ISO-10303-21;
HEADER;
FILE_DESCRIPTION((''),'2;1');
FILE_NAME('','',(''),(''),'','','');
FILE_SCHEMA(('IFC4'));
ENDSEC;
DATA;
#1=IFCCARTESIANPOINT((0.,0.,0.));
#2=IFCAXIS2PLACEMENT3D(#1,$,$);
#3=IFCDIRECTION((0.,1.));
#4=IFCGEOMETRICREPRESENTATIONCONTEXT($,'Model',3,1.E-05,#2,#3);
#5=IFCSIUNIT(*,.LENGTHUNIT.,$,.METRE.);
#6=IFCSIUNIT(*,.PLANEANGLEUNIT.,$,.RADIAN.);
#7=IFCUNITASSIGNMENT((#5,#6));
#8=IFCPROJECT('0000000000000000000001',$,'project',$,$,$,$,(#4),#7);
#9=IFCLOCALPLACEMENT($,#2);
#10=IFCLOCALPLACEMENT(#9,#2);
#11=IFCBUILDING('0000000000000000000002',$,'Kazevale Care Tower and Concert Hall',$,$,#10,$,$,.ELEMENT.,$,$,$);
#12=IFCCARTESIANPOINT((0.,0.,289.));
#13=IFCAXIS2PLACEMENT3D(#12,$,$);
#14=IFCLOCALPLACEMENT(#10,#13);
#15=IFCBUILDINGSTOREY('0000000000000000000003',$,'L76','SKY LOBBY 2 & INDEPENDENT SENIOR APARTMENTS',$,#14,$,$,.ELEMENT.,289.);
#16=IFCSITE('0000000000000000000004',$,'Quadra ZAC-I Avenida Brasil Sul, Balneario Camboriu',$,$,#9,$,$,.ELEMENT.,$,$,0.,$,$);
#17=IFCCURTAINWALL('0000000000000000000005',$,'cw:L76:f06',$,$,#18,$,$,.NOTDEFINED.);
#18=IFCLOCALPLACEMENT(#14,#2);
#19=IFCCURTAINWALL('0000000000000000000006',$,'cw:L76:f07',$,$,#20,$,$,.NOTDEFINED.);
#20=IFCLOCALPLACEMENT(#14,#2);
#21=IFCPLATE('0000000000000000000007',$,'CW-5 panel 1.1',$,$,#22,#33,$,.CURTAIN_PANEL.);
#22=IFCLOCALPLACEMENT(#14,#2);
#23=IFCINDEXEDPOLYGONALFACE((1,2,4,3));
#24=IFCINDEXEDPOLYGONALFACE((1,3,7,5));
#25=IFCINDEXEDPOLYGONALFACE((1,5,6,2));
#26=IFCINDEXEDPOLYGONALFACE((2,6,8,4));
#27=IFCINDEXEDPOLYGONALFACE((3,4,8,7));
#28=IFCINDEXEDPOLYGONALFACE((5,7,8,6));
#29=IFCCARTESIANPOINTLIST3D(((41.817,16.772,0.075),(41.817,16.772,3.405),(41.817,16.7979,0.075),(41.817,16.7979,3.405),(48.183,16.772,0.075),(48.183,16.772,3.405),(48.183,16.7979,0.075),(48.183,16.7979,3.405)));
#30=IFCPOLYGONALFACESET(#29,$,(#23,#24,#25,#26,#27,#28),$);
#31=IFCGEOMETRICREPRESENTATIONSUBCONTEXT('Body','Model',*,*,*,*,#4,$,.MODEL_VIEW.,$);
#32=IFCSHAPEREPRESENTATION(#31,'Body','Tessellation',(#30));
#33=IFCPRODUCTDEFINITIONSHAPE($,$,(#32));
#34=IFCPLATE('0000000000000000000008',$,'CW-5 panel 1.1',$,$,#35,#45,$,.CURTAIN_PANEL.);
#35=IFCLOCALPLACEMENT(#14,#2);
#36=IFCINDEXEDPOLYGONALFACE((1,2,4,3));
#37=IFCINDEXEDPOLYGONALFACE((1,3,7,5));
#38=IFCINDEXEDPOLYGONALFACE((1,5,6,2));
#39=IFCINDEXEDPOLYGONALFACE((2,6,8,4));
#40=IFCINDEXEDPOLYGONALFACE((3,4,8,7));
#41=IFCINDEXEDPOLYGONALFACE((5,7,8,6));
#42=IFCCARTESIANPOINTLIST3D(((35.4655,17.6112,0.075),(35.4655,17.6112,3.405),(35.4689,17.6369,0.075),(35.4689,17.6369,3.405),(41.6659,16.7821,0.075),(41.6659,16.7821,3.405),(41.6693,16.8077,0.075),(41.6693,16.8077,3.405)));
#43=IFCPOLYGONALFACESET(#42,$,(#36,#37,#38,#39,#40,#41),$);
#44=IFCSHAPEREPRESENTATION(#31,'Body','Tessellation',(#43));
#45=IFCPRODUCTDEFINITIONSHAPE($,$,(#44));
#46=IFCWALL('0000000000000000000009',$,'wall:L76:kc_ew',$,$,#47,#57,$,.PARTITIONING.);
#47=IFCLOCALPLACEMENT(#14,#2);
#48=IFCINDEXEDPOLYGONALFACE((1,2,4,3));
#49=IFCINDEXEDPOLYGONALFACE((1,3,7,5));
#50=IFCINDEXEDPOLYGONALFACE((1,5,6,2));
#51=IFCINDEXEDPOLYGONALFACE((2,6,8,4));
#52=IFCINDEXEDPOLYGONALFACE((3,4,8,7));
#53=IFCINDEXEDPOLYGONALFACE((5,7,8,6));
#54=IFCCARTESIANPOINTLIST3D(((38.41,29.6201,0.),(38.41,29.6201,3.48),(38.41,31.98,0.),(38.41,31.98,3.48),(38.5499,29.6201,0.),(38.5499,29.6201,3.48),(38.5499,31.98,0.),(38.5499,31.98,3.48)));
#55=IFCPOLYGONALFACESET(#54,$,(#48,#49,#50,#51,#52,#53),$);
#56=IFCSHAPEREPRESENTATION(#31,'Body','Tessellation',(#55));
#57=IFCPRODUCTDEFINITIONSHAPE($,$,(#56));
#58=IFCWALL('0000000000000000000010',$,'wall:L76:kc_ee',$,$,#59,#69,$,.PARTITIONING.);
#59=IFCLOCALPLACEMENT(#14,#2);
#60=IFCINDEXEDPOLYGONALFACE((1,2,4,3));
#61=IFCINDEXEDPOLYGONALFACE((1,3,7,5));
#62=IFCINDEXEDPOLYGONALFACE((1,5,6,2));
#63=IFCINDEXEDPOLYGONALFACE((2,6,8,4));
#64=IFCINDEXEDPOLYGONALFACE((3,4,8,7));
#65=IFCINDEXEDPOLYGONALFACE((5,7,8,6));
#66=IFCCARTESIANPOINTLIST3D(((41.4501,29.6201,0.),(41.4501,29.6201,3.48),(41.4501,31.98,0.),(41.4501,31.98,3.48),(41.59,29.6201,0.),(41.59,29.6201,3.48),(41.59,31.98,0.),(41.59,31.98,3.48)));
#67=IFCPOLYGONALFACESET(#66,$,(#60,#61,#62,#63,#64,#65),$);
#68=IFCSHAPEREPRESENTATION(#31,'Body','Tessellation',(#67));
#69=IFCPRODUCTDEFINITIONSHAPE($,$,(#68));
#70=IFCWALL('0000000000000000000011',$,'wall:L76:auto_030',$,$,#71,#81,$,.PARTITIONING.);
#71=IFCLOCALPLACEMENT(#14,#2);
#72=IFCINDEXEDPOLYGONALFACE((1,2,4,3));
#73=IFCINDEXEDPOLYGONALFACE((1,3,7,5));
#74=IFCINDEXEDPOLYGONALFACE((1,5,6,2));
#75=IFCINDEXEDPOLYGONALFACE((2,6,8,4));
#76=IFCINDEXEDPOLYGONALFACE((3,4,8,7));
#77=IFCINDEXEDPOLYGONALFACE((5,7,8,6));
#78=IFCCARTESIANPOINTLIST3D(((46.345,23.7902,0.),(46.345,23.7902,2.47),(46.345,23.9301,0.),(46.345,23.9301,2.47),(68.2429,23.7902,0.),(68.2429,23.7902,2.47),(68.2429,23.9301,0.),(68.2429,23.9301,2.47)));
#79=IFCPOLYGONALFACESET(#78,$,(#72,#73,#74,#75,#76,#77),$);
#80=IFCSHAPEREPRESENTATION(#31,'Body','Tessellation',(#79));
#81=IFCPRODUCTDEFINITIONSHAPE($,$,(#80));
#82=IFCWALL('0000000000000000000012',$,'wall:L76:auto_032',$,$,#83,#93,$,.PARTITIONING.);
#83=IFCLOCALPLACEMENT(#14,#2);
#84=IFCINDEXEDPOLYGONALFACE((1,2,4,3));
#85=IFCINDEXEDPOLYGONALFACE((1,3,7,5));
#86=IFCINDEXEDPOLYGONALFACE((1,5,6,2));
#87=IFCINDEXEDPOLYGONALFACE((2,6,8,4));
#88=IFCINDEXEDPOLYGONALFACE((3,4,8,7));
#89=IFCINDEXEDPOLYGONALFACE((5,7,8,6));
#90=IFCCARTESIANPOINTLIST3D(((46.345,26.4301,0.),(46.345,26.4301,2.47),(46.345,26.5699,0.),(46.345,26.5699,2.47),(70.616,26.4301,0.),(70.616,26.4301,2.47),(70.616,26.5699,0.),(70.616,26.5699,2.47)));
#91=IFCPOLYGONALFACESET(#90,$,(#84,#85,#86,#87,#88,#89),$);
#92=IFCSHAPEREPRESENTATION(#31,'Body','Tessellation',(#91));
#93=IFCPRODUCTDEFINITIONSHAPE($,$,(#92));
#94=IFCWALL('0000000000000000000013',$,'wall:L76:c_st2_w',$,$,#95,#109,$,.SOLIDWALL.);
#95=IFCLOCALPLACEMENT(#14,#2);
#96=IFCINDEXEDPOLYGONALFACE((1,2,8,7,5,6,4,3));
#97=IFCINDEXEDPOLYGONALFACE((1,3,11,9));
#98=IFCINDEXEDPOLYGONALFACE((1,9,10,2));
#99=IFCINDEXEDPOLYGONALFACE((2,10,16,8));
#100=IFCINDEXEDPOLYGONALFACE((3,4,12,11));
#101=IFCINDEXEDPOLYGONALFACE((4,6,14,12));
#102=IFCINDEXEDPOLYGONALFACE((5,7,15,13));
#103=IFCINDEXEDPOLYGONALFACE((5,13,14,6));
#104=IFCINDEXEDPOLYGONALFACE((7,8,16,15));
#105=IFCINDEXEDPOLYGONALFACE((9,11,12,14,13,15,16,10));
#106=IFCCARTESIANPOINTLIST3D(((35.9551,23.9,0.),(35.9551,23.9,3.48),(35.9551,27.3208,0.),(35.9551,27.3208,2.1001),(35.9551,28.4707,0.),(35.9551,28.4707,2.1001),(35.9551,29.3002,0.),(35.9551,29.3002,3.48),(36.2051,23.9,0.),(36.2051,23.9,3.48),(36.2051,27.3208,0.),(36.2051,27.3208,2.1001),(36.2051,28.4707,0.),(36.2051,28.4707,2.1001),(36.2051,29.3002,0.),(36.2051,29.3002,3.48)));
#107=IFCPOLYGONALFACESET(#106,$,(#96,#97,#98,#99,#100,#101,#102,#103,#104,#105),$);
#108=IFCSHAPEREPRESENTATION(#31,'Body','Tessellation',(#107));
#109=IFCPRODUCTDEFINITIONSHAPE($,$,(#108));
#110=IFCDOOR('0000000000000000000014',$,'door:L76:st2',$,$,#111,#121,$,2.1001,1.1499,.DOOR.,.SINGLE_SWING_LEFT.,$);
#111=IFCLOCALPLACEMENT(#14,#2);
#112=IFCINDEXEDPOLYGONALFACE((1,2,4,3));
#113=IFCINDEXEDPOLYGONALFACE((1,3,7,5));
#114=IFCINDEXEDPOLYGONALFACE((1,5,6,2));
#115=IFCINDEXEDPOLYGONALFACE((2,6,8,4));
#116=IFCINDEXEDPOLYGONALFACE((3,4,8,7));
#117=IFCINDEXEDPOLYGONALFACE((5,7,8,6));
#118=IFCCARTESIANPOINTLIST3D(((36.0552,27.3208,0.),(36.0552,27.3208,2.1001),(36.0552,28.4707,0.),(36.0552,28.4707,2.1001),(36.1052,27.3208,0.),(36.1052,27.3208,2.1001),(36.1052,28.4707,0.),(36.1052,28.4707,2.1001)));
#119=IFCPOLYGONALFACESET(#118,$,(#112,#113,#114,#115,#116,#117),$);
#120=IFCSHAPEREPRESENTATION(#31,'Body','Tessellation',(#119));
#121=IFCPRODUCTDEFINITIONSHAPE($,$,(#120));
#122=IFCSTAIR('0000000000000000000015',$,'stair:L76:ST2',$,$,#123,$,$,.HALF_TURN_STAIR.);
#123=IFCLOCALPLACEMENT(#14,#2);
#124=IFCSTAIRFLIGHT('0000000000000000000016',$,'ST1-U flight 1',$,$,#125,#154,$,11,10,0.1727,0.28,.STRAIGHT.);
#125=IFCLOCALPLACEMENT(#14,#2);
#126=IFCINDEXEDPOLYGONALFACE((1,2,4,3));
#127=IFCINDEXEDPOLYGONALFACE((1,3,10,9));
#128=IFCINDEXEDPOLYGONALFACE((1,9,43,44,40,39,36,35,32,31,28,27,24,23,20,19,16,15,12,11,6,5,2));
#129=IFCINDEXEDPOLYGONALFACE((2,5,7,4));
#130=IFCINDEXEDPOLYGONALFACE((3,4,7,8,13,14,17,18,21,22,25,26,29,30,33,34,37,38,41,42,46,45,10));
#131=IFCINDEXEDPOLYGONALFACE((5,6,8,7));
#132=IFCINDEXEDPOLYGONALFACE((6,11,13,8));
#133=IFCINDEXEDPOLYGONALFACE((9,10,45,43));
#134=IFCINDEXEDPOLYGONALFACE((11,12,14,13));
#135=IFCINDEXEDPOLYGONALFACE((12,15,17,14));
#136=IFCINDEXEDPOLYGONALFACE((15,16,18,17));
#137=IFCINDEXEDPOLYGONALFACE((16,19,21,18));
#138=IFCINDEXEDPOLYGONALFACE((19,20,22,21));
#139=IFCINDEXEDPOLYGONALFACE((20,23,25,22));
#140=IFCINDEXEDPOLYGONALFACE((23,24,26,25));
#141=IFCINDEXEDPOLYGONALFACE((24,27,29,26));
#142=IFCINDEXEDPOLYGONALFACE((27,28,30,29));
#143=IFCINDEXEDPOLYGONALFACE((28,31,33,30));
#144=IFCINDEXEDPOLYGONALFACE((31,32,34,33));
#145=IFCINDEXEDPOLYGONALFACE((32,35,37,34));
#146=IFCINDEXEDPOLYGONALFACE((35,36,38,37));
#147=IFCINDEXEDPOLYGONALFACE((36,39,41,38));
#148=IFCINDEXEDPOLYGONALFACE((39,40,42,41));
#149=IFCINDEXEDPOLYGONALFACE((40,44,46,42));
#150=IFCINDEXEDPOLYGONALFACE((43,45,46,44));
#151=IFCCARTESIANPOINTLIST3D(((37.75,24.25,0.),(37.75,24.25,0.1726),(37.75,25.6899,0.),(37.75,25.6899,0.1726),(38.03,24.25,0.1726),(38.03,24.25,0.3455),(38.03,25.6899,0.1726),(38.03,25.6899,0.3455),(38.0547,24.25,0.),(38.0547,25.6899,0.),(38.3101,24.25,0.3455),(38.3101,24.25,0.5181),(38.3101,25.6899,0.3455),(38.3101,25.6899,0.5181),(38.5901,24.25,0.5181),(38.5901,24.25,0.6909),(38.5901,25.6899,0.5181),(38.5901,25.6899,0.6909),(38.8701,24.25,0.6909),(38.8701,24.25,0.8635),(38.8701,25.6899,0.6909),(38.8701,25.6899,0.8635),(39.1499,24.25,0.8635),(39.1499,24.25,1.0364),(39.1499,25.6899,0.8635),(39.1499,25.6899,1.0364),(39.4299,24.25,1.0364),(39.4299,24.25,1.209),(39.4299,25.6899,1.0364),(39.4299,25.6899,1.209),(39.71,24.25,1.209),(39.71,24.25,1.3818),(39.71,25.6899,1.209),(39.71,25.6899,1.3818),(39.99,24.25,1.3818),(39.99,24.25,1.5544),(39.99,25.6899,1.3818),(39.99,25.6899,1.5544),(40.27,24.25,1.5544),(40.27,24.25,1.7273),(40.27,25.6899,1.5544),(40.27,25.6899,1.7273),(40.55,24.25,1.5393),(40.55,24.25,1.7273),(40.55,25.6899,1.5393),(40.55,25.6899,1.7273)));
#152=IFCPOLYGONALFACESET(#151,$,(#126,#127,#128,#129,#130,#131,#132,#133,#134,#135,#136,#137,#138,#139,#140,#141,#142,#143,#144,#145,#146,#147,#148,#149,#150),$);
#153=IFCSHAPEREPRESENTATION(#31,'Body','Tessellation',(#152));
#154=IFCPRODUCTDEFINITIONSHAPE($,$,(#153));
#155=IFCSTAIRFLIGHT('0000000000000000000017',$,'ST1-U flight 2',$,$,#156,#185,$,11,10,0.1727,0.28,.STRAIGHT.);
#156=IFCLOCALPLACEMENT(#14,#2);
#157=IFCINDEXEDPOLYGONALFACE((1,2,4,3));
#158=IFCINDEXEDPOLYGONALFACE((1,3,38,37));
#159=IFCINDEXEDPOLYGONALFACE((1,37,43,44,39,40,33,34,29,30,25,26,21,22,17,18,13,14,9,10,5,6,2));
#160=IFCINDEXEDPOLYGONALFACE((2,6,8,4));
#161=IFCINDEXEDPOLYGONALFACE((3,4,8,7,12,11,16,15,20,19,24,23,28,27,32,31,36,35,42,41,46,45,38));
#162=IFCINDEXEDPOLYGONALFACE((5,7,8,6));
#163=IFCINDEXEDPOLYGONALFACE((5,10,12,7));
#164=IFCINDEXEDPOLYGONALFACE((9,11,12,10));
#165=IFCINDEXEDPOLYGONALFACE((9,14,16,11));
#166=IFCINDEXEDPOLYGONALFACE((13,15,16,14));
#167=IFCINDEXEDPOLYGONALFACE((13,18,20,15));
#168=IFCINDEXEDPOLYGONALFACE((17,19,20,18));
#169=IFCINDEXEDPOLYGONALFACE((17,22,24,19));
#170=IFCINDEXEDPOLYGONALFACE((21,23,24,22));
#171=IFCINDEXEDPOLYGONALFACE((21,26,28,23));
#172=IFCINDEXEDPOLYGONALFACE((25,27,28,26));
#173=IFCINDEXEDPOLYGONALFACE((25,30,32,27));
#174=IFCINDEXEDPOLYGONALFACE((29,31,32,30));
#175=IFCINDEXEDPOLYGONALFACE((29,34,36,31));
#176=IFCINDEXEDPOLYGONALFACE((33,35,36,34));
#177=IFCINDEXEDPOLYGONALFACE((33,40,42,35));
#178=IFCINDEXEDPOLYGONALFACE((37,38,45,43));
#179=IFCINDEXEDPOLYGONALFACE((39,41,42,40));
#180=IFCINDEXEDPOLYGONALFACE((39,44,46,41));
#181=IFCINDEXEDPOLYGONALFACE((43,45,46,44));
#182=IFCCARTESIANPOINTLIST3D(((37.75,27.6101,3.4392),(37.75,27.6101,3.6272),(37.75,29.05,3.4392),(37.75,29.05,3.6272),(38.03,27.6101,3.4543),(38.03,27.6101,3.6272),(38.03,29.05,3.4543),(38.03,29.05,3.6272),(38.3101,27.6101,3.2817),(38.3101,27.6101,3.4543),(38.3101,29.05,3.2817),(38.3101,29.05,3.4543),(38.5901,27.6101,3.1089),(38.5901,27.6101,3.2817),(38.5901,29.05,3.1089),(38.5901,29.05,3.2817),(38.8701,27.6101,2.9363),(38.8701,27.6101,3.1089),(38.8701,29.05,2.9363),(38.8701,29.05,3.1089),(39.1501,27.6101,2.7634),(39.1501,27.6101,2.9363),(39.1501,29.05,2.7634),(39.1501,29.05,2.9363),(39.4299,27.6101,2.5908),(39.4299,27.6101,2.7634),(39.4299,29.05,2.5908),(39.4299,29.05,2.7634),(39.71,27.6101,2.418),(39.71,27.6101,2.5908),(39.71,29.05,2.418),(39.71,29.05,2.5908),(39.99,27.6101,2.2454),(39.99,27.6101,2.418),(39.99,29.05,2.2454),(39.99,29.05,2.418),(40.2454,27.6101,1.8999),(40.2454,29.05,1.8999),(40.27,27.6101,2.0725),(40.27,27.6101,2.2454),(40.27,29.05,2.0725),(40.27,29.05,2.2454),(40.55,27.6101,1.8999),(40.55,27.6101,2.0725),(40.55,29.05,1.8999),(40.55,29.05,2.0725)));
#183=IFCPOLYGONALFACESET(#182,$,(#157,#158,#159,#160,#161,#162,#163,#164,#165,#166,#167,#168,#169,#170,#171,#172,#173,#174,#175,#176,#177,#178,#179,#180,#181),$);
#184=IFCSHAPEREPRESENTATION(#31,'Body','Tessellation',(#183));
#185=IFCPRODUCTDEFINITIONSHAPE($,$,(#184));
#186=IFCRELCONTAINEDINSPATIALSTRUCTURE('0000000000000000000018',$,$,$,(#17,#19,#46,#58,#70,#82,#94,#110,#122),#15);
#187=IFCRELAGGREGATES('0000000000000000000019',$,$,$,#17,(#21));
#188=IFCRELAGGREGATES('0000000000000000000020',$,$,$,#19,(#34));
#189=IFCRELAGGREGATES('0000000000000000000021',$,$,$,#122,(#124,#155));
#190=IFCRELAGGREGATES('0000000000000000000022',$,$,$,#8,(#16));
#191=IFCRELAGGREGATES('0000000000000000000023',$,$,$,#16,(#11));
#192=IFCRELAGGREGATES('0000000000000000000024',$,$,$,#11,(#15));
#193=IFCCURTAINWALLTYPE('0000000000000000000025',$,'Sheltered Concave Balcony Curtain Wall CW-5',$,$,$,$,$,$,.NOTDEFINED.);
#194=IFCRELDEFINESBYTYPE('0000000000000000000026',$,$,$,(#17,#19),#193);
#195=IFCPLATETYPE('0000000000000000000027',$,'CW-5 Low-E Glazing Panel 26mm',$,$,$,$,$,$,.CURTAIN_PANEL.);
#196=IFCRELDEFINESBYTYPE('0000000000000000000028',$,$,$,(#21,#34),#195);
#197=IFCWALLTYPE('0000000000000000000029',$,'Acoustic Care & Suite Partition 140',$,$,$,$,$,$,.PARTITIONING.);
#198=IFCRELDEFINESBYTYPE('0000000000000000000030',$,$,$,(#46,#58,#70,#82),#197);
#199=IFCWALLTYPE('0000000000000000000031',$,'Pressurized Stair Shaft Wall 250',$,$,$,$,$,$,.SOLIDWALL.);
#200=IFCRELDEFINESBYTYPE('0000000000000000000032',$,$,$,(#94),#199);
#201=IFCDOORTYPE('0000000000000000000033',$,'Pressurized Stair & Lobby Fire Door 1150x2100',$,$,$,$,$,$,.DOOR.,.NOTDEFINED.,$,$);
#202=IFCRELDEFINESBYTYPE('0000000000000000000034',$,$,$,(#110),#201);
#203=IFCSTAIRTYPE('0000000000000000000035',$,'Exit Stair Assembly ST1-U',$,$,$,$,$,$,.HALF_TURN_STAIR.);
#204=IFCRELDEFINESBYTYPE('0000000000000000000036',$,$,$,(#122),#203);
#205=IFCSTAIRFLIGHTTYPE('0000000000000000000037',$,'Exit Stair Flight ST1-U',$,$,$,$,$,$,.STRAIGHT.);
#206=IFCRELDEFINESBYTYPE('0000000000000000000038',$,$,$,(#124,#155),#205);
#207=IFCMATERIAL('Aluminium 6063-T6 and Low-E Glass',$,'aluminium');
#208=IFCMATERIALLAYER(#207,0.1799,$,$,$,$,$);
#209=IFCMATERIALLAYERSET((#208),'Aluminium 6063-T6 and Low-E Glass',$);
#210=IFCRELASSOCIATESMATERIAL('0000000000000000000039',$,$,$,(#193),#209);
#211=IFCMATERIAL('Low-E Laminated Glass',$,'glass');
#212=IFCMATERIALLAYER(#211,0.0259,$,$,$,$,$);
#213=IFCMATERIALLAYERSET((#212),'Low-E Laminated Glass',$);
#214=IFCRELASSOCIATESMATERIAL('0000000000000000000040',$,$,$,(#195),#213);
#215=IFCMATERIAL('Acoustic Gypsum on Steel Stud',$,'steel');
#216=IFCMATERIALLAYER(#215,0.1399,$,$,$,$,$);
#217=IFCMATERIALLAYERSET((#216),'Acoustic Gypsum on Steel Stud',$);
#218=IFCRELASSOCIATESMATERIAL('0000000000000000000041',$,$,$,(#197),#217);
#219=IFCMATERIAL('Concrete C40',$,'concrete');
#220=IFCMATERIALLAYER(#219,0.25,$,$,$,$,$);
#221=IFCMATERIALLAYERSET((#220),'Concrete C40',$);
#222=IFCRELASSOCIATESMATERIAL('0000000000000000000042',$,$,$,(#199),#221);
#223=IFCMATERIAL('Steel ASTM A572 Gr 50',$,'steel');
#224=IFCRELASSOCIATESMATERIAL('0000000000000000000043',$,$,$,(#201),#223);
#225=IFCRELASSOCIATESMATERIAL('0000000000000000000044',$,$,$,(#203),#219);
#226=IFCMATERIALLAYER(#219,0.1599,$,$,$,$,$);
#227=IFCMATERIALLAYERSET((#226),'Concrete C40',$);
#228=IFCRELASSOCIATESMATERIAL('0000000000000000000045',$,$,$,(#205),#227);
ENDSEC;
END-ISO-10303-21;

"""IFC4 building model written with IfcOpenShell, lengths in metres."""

from ifc_helpers import new_model, si_unit, direction, frame, frame_2d, origin, origin_2d, place, context, subcontext, project, spatial, polyline, rectangle, outline, extrude, material, layer, layer_set, type_object, element, fill, aggregate, save


model = new_model("IFC4")

# Units and contexts
model_context = context("Model", 3, precision=1e-05, world=origin(), true_north=direction((0.0, 1.0)))
body_context = subcontext(model_context, "Body", "Model", "MODEL_VIEW")
ifc_project = project(units=[si_unit("LENGTHUNIT", "METRE"), si_unit("PLANEANGLEUNIT", "RADIAN")], contexts=[model_context])

# Site, building, storey
site_placement = place(None, origin())
site = spatial("IfcSite", under=ifc_project, at=site_placement, Name="Quadra ZAC-I Avenida Brasil Sul, Balneario Camboriu", CompositionType="ELEMENT", RefElevation=0.0)
building_placement = place(site_placement, origin())
building = spatial("IfcBuilding", under=site, at=building_placement, Name="Kazevale Care Tower and Concert Hall", CompositionType="ELEMENT")
storey_placement = place(building_placement, frame((0.0, 0.0, 289.0)))
storey = spatial("IfcBuildingStorey", under=building, at=storey_placement, Name="L76", Description="SKY LOBBY 2 & INDEPENDENT SENIOR APARTMENTS", CompositionType="ELEMENT", Elevation=289.0)

# Curtain wall
ifc_material_1 = material(Name="Aluminium 6063-T6 and Low-E Glass", Category="aluminium")
ifc_layer_1 = layer(ifc_material_1, 0.1799)
ifc_layer_set_1 = layer_set([ifc_layer_1], Name="Aluminium 6063-T6 and Low-E Glass")
curtain_wall_type = type_object("IfcCurtainWallType", Name="Sheltered Concave Balcony Curtain Wall CW-5", PredefinedType="NOTDEFINED", material=ifc_layer_set_1)
curtain_wall_1_placement = place(storey_placement, origin())
curtain_wall_1 = element("IfcCurtainWall", 1, at=curtain_wall_1_placement, inside=storey, type_object=curtain_wall_type, Name="cw:L76:f06", PredefinedType="NOTDEFINED")

# Curtain wall
curtain_wall_2_placement = place(storey_placement, origin())
curtain_wall_2 = element("IfcCurtainWall", 2, at=curtain_wall_2_placement, inside=storey, type_object=curtain_wall_type, Name="cw:L76:f07", PredefinedType="NOTDEFINED")

# Shared definitions
ifc_material_2 = material(Name="Steel ASTM A572 Gr 50", Category="steel")

# Plates
ifc_material_3 = material(Name="Low-E Laminated Glass", Category="glass")
ifc_layer_2 = layer(ifc_material_3, 0.0259)
ifc_layer_set_2 = layer_set([ifc_layer_2], Name="Low-E Laminated Glass")
plate_type = type_object("IfcPlateType", Name="CW-5 Low-E Glazing Panel 26mm", PredefinedType="CURTAIN_PANEL", material=ifc_layer_set_2)
plate_1_placement = place(storey_placement, frame((45.0, 16.7849, 0.075), z_axis=(0.0, 0.0, 1.0), x_axis=(-1.0, 0.0, 0.0)))
plate_1 = element("IfcPlate", 3, at=plate_1_placement, type_object=plate_type, Name="CW-5 panel 1.1", PredefinedType="CURTAIN_PANEL", context=body_context, shape_type="SweptSolid", body=[
    extrude(rectangle(XDim=6.366, YDim=0.0259, at=origin_2d()), origin(), (0.0, 0.0, 1.0), 3.3301),
])
aggregate(curtain_wall_1, [plate_1])
plate_2_placement = place(storey_placement, frame((38.5674, 17.2095, 0.075), z_axis=(0.0, 0.0, 1.0), x_axis=(-0.991177, 0.132542, 0.0)))
plate_2 = element("IfcPlate", 4, at=plate_2_placement, type_object=plate_type, Name="CW-5 panel 1.1", PredefinedType="CURTAIN_PANEL", context=body_context, shape_type="SweptSolid", body=[
    extrude(rectangle(XDim=6.2556, YDim=0.0259, at=origin_2d()), origin(), (0.0, 0.0, 1.0), 3.3301),
])
aggregate(curtain_wall_2, [plate_2])

# Walls
ifc_material_4 = material(Name="Acoustic Gypsum on Steel Stud", Category="steel")
ifc_layer_3 = layer(ifc_material_4, 0.1399)
ifc_layer_set_3 = layer_set([ifc_layer_3], Name="Acoustic Gypsum on Steel Stud")
wall_type_1 = type_object("IfcWallType", Name="Acoustic Care & Suite Partition 140", PredefinedType="PARTITIONING", material=ifc_layer_set_3)
for number, where, z_axis, x_axis, name in (
    (5, (38.48, 29.6201, 0.0), (0.0, 0.0, 1.0), (0.0, 1.0, 0.0), "wall:L76:kc_ew"),
    (6, (41.52, 29.6201, 0.0), (0.0, 0.0, 1.0), (0.0, 1.0, 0.0), "wall:L76:kc_ee"),
):
    element("IfcWall", number, at=place(storey_placement, frame(where, z_axis=z_axis, x_axis=x_axis)), inside=storey, type_object=wall_type_1, Name=name, PredefinedType="PARTITIONING", context=body_context, shape_type="SweptSolid", body=[
        extrude(rectangle(XDim=2.3599, YDim=0.1399, at=frame_2d((1.1799, 0.0))), origin(), (0.0, 0.0, 1.0), 3.48),
    ])
wall_1_placement = place(storey_placement, frame((46.345, 23.8601, 0.0), z_axis=(0.0, 0.0, 1.0), x_axis=(1.0, 0.0, 0.0)))
element("IfcWall", 7, at=wall_1_placement, inside=storey, type_object=wall_type_1, Name="wall:L76:auto_030", PredefinedType="PARTITIONING", context=body_context, shape_type="SweptSolid", body=[
    extrude(rectangle(XDim=21.8979, YDim=0.1399, at=frame_2d((10.949, 0.0))), origin(), (0.0, 0.0, 1.0), 2.47),
])
wall_2_placement = place(storey_placement, frame((46.345, 26.5, 0.0), z_axis=(0.0, 0.0, 1.0), x_axis=(1.0, 0.0, 0.0)))
element("IfcWall", 8, at=wall_2_placement, inside=storey, type_object=wall_type_1, Name="wall:L76:auto_032", PredefinedType="PARTITIONING", context=body_context, shape_type="SweptSolid", body=[
    extrude(rectangle(XDim=24.271, YDim=0.1399, at=frame_2d((12.1355, 0.0))), origin(), (0.0, 0.0, 1.0), 2.47),
])

# Wall, opening, door
ifc_material_5 = material(Name="Concrete C40", Category="concrete")
ifc_layer_4 = layer(ifc_material_5, 0.25)
ifc_layer_set_4 = layer_set([ifc_layer_4], Name="Concrete C40")
wall_type_2 = type_object("IfcWallType", Name="Pressurized Stair Shaft Wall 250", PredefinedType="SOLIDWALL", material=ifc_layer_set_4)
wall_3_placement = place(storey_placement, frame((36.0801, 23.8999, 0.0), z_axis=(0.0, 0.0, 1.0), x_axis=(0.0, 1.0, 0.0)))
wall_3 = element("IfcWall", 9, at=wall_3_placement, inside=storey, type_object=wall_type_2, Name="wall:L76:c_st2_w", PredefinedType="SOLIDWALL", context=body_context, shape_type="SweptSolid", body=[
    extrude(rectangle(XDim=5.4001, YDim=0.25, at=frame_2d((2.7002, 0.0))), origin(), (0.0, 0.0, 1.0), 3.48),
])
opening_1_placement = place(wall_3_placement, frame((3.4209, 0.0, 0.0)))
opening_1 = element("IfcOpeningElement", 10, at=opening_1_placement, cuts=wall_3, PredefinedType="OPENING", context=body_context, shape_type="SweptSolid", body=[
    extrude(rectangle(XDim=1.1499, YDim=2.1001, at=frame_2d((0.575, 1.05))), frame((0.0, 0.135, 0.0), z_axis=(0.0, -1.0, 0.0), x_axis=(1.0, 0.0, 0.0)), (0.0, 0.0, 1.0), 0.27),
])
door_type_1 = type_object("IfcDoorType", Name="Pressurized Stair & Lobby Fire Door 1150x2100", OperationType="NOTDEFINED", PredefinedType="DOOR", material=ifc_material_2)
door_1_placement = place(opening_1_placement, origin())
door_1 = element("IfcDoor", 11, at=door_1_placement, inside=storey, type_object=door_type_1, Name="door:L76:st2", OperationType="SINGLE_SWING_LEFT", OverallHeight=2.1001, OverallWidth=1.1499, PredefinedType="DOOR", context=body_context, shape_type="SweptSolid", body=[
    extrude(rectangle(XDim=1.1499, YDim=2.1001, at=frame_2d((0.575, 1.05))), frame((0.0, 0.0249, 0.0), z_axis=(0.0, -1.0, 0.0), x_axis=(1.0, 0.0, 0.0)), (0.0, 0.0, 1.0), 0.05),
])
fill(opening_1, door_1)

# Stair, stair flights
stair_type = type_object("IfcStairType", Name="Exit Stair Assembly ST1-U", PredefinedType="HALF_TURN_STAIR", material=ifc_material_5)
stair_placement = place(storey_placement, origin())
stair = element("IfcStair", 12, at=stair_placement, inside=storey, type_object=stair_type, Name="stair:L76:ST2", PredefinedType="HALF_TURN_STAIR")
ifc_layer_5 = layer(ifc_material_5, 0.1599)
ifc_layer_set_5 = layer_set([ifc_layer_5], Name="Concrete C40")
stair_flight_type = type_object("IfcStairFlightType", Name="Exit Stair Flight ST1-U", PredefinedType="STRAIGHT", material=ifc_layer_set_5)
stair_flight_1_placement = place(storey_placement, frame((37.75, 24.97, 0.0), z_axis=(0.0, 0.0, 1.0), x_axis=(1.0, 0.0, 0.0)))
stair_flight_1 = element("IfcStairFlight", 13, at=stair_flight_1_placement, type_object=stair_flight_type, Name="ST1-U flight 1", NumberOfRisers=11, NumberOfTreads=10, PredefinedType="STRAIGHT", RiserHeight=0.1727, TreadLength=0.28, context=body_context, shape_type="SweptSolid", body=[
    extrude(outline(polyline([(0.0, 0.0), (0.0, 0.1726), (0.28, 0.1726), (0.28, 0.3455), (0.5601, 0.3455), (0.5601, 0.5181), (0.8401, 0.5181), (0.8401, 0.6909), (1.1201, 0.6909), (1.1201, 0.8635), (1.3999, 0.8635), (1.3999, 1.0364), (1.6799, 1.0364), (1.6799, 1.209), (1.96, 1.209), (1.96, 1.3818), (2.24, 1.3818), (2.24, 1.5544), (2.52, 1.5544), (2.52, 1.7273), (2.8, 1.7273), (2.8, 1.8999), (2.8, 1.5393), (0.3047, 0.0), (0.0, 0.0)])), frame((0.0, 0.72, 0.0), z_axis=(0.0, -1.0, 0.0), x_axis=(1.0, 0.0, 0.0)), (0.0, 0.0, 1.0), 1.4399),
])
stair_flight_2_placement = place(storey_placement, frame((40.55, 28.3301, 1.8999), z_axis=(0.0, 0.0, 1.0), x_axis=(-1.0, 0.0, 0.0)))
stair_flight_2 = element("IfcStairFlight", 14, at=stair_flight_2_placement, type_object=stair_flight_type, Name="ST1-U flight 2", NumberOfRisers=11, NumberOfTreads=10, PredefinedType="STRAIGHT", RiserHeight=0.1727, TreadLength=0.28, context=body_context, shape_type="SweptSolid", body=[
    extrude(outline(polyline([(0.0, 0.0), (0.0, 0.1726), (0.28, 0.1726), (0.28, 0.3455), (0.5601, 0.3455), (0.5601, 0.5181), (0.8401, 0.5181), (0.8401, 0.6909), (1.1201, 0.6909), (1.1201, 0.8635), (1.3999, 0.8635), (1.3999, 1.0364), (1.6799, 1.0364), (1.6799, 1.209), (1.96, 1.209), (1.96, 1.3818), (2.24, 1.3818), (2.24, 1.5544), (2.52, 1.5544), (2.52, 1.7273), (2.8, 1.7273), (2.8, 1.8999), (2.8, 1.5393), (0.3047, 0.0), (0.0, 0.0)])), frame((0.0, 0.72, 0.0), z_axis=(0.0, -1.0, 0.0), x_axis=(1.0, 0.0, 0.0)), (0.0, 0.0, 1.0), 1.4399),
])
aggregate(stair, [stair_flight_1, stair_flight_2])

save(model, "model.ifc")
